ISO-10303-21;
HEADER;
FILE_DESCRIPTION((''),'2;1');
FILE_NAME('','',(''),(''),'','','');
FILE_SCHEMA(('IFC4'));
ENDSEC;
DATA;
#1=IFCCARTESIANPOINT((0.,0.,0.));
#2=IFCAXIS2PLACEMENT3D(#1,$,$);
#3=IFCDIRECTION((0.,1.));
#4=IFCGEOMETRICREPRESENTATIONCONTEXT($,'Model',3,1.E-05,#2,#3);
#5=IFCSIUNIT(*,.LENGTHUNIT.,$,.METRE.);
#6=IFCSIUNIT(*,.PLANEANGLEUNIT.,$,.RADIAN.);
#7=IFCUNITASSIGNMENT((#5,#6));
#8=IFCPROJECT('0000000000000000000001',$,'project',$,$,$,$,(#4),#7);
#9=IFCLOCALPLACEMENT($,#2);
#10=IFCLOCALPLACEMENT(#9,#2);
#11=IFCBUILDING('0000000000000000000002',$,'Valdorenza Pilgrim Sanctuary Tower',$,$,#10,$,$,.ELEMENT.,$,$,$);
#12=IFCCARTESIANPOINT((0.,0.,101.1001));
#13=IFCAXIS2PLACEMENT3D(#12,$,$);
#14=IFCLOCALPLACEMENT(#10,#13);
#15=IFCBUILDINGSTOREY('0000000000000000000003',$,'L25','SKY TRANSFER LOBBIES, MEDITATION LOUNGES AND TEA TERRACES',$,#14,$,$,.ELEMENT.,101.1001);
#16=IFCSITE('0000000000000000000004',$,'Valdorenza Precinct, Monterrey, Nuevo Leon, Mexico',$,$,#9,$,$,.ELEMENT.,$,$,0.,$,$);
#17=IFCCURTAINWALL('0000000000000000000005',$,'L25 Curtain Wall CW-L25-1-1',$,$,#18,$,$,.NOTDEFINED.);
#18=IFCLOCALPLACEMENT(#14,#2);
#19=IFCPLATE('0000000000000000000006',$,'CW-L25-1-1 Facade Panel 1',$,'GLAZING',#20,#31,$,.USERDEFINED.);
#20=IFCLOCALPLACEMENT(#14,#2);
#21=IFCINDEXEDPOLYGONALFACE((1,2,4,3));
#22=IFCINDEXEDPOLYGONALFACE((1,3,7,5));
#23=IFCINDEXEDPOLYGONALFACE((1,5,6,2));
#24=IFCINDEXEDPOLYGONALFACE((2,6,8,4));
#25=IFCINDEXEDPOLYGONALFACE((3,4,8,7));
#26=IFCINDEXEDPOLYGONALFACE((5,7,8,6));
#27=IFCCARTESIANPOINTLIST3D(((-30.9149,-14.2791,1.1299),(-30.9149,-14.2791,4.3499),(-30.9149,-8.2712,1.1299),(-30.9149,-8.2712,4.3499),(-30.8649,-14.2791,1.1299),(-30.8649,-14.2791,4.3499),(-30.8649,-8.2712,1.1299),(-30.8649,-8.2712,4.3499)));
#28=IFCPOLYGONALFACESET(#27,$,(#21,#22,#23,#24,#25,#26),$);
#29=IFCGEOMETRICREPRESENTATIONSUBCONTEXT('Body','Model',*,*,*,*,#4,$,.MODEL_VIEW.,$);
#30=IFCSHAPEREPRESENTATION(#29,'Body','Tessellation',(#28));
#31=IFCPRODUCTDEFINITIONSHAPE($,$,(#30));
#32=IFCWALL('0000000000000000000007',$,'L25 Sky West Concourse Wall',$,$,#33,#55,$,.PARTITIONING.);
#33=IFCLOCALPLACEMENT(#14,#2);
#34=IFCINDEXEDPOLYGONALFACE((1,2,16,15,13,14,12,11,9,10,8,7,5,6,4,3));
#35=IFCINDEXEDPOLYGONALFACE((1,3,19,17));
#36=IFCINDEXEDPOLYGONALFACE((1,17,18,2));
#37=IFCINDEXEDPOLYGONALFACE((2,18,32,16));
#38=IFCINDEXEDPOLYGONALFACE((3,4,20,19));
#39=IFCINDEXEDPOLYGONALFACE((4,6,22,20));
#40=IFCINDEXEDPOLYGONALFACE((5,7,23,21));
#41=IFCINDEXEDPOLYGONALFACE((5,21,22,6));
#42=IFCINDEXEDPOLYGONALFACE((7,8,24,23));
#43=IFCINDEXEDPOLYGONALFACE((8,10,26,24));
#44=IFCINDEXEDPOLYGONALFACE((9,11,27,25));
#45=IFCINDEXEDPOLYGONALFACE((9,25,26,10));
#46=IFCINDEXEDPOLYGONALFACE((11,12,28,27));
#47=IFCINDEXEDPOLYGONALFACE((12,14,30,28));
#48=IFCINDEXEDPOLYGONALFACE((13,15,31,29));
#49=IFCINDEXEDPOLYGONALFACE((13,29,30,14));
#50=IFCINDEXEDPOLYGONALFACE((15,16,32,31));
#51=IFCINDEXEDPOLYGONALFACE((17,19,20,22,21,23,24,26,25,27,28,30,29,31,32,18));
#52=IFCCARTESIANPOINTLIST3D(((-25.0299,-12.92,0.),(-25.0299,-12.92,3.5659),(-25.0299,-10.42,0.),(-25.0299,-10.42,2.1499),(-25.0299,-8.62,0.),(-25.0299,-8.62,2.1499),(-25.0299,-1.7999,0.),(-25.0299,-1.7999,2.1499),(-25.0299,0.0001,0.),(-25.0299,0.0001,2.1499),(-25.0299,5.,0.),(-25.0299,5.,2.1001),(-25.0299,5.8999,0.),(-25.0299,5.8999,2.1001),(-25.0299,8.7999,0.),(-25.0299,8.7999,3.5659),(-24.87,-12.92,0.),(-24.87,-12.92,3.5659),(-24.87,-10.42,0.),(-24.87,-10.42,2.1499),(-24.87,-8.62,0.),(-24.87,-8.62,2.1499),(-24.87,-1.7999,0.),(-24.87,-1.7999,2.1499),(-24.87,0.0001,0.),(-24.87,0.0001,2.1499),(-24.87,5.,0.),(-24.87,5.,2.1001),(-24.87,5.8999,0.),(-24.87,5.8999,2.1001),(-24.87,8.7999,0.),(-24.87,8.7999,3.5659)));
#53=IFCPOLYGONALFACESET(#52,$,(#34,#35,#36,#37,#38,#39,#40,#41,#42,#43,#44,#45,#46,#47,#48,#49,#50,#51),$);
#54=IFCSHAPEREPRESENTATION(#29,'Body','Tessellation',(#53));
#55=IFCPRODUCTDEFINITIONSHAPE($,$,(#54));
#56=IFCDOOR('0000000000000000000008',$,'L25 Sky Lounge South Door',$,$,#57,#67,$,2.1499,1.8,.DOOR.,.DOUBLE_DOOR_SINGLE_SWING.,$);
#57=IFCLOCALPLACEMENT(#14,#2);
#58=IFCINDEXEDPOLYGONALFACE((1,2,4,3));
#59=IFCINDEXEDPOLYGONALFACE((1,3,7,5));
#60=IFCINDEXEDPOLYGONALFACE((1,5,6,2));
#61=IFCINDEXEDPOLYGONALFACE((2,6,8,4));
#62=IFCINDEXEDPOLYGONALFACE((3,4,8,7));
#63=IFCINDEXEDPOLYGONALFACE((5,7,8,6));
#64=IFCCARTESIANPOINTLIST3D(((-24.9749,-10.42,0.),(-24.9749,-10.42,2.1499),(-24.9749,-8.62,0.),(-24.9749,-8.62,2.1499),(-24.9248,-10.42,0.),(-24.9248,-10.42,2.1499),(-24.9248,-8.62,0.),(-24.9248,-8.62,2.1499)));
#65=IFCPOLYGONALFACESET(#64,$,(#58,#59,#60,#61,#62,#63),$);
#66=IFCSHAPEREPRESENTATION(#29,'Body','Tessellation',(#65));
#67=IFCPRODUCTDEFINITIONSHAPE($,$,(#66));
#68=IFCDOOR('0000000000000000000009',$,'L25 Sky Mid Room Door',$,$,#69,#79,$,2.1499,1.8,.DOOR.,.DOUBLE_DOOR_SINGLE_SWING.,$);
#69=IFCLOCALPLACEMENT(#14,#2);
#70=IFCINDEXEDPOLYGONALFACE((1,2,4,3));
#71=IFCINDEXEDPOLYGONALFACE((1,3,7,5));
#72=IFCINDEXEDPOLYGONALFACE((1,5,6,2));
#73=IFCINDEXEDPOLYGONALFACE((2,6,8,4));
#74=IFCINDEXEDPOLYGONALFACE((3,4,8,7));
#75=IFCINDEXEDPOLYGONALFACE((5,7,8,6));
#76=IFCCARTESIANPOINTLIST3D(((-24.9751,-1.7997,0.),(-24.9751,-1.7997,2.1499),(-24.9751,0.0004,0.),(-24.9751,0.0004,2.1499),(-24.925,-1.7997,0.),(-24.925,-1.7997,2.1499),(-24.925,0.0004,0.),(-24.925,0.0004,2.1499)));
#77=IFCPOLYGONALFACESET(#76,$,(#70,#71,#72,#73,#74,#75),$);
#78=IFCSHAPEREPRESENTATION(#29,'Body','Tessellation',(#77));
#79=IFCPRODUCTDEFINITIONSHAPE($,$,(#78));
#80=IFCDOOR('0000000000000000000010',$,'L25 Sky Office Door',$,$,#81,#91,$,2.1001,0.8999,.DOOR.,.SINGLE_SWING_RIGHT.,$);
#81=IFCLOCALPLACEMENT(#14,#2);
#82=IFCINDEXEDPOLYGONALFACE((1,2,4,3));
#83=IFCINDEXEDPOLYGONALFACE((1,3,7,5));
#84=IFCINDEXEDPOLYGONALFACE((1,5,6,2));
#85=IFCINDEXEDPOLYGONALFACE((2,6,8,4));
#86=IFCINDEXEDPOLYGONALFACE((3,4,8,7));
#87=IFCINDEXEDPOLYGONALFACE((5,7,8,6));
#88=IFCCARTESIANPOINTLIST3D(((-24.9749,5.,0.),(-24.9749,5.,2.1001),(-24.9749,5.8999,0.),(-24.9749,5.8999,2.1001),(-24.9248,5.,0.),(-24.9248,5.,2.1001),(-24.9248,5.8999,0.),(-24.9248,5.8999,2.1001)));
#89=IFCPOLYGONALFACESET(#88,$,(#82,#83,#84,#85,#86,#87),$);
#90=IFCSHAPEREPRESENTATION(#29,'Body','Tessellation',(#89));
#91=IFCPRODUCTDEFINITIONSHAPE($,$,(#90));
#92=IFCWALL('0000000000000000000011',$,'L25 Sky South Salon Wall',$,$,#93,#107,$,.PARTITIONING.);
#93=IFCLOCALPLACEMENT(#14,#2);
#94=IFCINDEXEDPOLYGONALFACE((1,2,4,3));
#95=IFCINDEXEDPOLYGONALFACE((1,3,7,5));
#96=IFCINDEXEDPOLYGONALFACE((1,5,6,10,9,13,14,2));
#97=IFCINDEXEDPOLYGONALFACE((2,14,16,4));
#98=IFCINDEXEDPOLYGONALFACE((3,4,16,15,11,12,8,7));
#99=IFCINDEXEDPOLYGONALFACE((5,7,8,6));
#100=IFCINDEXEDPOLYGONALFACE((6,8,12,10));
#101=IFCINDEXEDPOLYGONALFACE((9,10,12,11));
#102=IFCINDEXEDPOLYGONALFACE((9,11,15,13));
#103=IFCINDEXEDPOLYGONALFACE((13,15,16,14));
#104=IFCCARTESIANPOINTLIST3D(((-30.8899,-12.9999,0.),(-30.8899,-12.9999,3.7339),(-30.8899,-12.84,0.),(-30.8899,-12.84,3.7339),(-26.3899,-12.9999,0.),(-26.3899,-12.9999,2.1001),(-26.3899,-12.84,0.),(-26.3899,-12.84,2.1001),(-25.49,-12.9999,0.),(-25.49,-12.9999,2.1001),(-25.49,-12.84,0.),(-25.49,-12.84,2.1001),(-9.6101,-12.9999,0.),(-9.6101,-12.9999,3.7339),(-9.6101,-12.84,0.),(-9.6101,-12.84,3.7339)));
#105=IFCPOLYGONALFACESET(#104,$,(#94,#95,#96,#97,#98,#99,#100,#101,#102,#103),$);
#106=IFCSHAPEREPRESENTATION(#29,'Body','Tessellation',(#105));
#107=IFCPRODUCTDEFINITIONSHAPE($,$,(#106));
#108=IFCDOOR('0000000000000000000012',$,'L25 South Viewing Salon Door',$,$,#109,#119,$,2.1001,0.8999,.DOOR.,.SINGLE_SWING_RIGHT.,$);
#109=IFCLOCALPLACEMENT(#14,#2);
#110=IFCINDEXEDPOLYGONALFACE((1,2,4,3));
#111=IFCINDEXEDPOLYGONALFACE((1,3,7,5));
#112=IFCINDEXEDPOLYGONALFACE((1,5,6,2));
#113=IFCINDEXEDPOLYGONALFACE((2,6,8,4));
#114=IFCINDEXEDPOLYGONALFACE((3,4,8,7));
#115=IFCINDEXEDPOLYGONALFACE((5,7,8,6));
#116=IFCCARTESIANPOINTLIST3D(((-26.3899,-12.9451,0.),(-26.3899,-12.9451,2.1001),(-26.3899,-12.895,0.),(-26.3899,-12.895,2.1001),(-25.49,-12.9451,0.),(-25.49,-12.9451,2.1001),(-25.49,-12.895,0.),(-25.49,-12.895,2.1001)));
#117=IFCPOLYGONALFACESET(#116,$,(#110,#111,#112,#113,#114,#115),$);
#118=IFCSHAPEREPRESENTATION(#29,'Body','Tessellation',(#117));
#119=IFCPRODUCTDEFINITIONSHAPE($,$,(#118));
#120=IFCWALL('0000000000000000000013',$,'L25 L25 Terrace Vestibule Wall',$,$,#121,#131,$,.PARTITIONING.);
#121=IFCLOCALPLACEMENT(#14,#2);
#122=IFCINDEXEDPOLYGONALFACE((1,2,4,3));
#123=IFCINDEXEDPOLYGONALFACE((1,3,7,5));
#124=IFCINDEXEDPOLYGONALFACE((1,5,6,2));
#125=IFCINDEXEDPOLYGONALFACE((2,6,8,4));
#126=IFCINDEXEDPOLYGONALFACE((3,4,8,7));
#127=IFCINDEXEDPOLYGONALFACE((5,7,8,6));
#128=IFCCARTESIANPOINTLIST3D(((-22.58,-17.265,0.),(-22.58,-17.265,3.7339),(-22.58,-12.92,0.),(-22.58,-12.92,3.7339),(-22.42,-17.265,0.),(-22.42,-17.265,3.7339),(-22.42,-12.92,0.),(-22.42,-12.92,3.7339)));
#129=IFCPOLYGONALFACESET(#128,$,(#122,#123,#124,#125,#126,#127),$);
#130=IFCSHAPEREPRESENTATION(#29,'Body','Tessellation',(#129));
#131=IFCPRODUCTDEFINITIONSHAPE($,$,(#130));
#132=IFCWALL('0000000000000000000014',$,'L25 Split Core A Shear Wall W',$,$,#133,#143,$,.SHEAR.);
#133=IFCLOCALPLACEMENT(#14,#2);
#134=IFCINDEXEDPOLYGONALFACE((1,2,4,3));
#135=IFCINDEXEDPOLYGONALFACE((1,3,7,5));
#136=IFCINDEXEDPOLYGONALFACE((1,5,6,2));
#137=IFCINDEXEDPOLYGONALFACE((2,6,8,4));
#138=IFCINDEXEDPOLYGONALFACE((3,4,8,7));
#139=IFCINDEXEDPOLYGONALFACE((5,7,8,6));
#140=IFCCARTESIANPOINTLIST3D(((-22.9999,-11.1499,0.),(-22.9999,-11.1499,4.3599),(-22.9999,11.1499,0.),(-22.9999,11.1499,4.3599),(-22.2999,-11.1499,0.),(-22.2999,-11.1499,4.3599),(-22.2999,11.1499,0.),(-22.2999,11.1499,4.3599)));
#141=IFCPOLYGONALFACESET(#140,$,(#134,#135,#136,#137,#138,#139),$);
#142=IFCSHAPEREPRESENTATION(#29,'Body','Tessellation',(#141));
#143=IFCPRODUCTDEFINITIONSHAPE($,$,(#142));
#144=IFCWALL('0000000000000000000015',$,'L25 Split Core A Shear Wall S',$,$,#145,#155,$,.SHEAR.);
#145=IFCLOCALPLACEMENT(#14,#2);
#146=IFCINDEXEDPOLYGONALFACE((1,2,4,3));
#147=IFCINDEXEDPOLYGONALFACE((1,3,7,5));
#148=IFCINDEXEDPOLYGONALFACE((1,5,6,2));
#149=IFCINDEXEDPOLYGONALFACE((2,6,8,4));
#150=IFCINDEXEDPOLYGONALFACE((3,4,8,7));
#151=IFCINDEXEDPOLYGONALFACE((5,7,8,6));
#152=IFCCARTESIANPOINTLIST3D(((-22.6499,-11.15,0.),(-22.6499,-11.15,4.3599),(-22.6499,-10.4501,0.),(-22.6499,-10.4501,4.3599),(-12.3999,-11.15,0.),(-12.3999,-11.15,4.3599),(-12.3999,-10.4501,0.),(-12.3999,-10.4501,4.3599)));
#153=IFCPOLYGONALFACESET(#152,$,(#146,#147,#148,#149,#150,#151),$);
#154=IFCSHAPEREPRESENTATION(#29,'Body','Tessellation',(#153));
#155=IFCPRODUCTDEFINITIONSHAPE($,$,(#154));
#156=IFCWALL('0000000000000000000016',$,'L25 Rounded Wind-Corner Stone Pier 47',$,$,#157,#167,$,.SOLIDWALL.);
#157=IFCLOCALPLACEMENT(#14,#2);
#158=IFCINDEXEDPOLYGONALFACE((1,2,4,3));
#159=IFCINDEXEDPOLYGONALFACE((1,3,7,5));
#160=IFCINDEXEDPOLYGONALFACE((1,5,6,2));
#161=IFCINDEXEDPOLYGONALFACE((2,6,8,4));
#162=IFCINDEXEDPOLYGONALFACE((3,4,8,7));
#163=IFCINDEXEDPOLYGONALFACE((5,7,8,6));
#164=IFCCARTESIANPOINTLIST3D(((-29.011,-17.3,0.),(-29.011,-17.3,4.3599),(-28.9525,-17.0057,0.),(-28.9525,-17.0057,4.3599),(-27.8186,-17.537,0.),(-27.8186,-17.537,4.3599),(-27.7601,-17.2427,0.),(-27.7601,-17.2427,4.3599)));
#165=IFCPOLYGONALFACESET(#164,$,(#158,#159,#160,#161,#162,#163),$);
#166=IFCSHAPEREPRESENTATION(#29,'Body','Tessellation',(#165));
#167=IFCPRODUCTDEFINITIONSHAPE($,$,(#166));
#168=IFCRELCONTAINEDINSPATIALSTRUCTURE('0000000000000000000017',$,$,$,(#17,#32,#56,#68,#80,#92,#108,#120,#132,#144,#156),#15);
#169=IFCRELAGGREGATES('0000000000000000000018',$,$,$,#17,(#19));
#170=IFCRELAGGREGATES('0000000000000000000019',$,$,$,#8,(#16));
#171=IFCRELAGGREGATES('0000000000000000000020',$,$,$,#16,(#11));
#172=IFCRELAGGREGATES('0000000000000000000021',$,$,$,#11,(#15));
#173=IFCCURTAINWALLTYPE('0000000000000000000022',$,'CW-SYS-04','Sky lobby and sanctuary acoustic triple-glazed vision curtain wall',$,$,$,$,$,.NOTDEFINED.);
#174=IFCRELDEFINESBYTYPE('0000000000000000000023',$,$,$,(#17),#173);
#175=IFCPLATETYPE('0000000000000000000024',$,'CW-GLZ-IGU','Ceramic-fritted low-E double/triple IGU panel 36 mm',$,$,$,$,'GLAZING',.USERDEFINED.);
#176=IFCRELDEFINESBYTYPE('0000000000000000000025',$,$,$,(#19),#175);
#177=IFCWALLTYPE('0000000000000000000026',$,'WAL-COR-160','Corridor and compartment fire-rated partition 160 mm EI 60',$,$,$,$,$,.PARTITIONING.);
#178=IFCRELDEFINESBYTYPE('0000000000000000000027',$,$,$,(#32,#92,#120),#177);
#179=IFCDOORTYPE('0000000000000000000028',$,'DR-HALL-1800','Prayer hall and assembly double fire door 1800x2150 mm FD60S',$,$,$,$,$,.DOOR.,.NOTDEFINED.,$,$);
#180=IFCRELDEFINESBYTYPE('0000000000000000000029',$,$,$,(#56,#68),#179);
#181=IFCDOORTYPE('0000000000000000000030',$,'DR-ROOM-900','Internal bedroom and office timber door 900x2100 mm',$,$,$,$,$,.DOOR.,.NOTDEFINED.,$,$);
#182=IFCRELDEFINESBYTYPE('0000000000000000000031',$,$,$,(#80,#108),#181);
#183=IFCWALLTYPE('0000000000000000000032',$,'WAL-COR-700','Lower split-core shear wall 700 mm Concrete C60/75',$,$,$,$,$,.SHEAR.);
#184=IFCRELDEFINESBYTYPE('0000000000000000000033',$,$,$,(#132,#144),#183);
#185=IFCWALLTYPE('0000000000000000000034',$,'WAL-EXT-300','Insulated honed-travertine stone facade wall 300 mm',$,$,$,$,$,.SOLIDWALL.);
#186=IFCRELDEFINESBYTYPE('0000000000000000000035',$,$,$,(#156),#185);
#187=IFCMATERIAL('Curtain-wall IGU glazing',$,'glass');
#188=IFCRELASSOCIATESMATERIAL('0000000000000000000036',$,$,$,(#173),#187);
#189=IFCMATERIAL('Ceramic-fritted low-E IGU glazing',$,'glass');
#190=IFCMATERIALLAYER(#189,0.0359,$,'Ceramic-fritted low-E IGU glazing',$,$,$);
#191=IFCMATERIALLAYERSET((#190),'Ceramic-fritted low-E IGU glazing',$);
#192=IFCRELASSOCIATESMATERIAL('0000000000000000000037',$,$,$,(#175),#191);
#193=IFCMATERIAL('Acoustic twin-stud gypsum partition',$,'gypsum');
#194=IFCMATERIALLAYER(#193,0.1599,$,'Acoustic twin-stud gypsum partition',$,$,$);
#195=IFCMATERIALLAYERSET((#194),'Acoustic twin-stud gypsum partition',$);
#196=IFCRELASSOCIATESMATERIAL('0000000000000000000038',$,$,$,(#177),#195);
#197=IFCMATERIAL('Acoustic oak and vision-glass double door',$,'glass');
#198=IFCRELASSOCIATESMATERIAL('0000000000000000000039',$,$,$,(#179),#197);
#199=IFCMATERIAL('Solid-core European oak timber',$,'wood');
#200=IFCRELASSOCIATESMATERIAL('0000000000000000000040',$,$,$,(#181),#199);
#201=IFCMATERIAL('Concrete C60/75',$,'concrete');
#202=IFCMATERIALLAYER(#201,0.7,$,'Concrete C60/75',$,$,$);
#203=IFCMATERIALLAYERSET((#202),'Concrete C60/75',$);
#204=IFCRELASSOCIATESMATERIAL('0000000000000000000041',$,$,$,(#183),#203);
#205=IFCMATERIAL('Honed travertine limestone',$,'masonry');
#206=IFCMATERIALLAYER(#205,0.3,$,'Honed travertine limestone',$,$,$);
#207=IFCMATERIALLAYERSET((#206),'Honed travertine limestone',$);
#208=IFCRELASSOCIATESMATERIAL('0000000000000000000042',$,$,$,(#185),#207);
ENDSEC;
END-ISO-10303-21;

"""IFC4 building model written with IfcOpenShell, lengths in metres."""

from ifc_helpers import new_model, si_unit, direction, frame, frame_2d, origin, origin_2d, place, context, subcontext, project, spatial, rectangle, extrude, source, transform, mapped, material, layer, layer_set, type_object, element, fill, aggregate, save


model = new_model("IFC4")

# Units and contexts
model_context = context("Model", 3, precision=1e-05, world=origin(), true_north=direction((0.0, 1.0)))
body_context = subcontext(model_context, "Body", "Model", "MODEL_VIEW")
ifc_project = project(units=[si_unit("LENGTHUNIT", "METRE"), si_unit("PLANEANGLEUNIT", "RADIAN")], contexts=[model_context])

# Site, building, storey
site_placement = place(None, origin())
site = spatial("IfcSite", under=ifc_project, at=site_placement, Name="Valdorenza Precinct, Monterrey, Nuevo Leon, Mexico", CompositionType="ELEMENT", RefElevation=0.0)
building_placement = place(site_placement, origin())
building = spatial("IfcBuilding", under=site, at=building_placement, Name="Valdorenza Pilgrim Sanctuary Tower", CompositionType="ELEMENT")
storey_placement = place(building_placement, frame((0.0, 0.0, 101.1001)))
storey = spatial("IfcBuildingStorey", under=building, at=storey_placement, Name="L25", Description="SKY TRANSFER LOBBIES, MEDITATION LOUNGES AND TEA TERRACES", CompositionType="ELEMENT", Elevation=101.1001)

# Shared definitions
ifc_material_1 = material(Name="Concrete C60/75", Category="concrete")

# Curtain wall, plate
ifc_material_2 = material(Name="Curtain-wall IGU glazing", Category="glass")
curtain_wall_type = type_object("IfcCurtainWallType", Name="CW-SYS-04", Description="Sky lobby and sanctuary acoustic triple-glazed vision curtain wall", PredefinedType="NOTDEFINED", material=ifc_material_2)
curtain_wall_placement = place(storey_placement, origin())
curtain_wall = element("IfcCurtainWall", 1, at=curtain_wall_placement, inside=storey, type_object=curtain_wall_type, Name="L25 Curtain Wall CW-L25-1-1", PredefinedType="NOTDEFINED")
ifc_material_3 = material(Name="Honed travertine limestone", Category="masonry")
ifc_material_4 = material(Name="Ceramic-fritted low-E IGU glazing", Category="glass")
ifc_layer_1 = layer(ifc_material_4, 0.0359, Name="Ceramic-fritted low-E IGU glazing")
ifc_layer_set_1 = layer_set([ifc_layer_1], Name="Ceramic-fritted low-E IGU glazing")
plate_type_1 = type_object("IfcPlateType", Name="CW-GLZ-IGU", Description="Ceramic-fritted low-E double/triple IGU panel 36 mm", ElementType="GLAZING", PredefinedType="USERDEFINED", material=ifc_layer_set_1)
shared_shape_1 = source(origin(), body_context, "Body", "SweptSolid", [
    extrude(rectangle(XDim=6.0078, YDim=0.05, at=origin_2d()), origin(), (0.0, 0.0, 1.0), 3.22),
])
plate_1_placement = place(storey_placement, frame((-30.8899, -11.2751, 1.1299), z_axis=(0.0, 0.0, 1.0), x_axis=(0.0, 1.0, 0.0)))
plate_1 = element("IfcPlate", 2, at=plate_1_placement, type_object=plate_type_1, Name="CW-L25-1-1 Facade Panel 1", ObjectType="GLAZING", PredefinedType="USERDEFINED", context=body_context, shape_type="MappedRepresentation", body=[
    mapped(shared_shape_1, transform((0.0, 0.0, 0.0), x_axis=(1.0, 0.0, 0.0), y_axis=(0.0, 1.0, 0.0), z_axis=(0.0, 0.0, 1.0), scale=1.0)),
])
aggregate(curtain_wall, [plate_1])

# Wall, openings, doors
ifc_material_5 = material(Name="Acoustic twin-stud gypsum partition", Category="gypsum")
ifc_layer_2 = layer(ifc_material_5, 0.1599, Name="Acoustic twin-stud gypsum partition")
ifc_layer_set_2 = layer_set([ifc_layer_2], Name="Acoustic twin-stud gypsum partition")
wall_type_1 = type_object("IfcWallType", Name="WAL-COR-160", Description="Corridor and compartment fire-rated partition 160 mm EI 60", PredefinedType="PARTITIONING", material=ifc_layer_set_2)
wall_1_placement = place(storey_placement, frame((-24.95, -12.9199, 0.0), z_axis=(0.0, 0.0, 1.0), x_axis=(0.0, 1.0, 0.0)))
wall_1 = element("IfcWall", 3, at=wall_1_placement, inside=storey, type_object=wall_type_1, Name="L25 Sky West Concourse Wall", PredefinedType="PARTITIONING", context=body_context, shape_type="SweptSolid", body=[
    extrude(rectangle(XDim=21.72, YDim=0.1599, at=frame_2d((10.8599, 0.0))), origin(), (0.0, 0.0, 1.0), 3.5659),
])
opening_1_placement = place(wall_1_placement, frame((2.5, 0.0, 0.0)))
opening_1 = element("IfcOpeningElement", 4, at=opening_1_placement, cuts=wall_1, PredefinedType="OPENING", context=body_context, shape_type="SweptSolid", body=[
    extrude(rectangle(XDim=1.8, YDim=2.1499, at=frame_2d((0.8999, 1.075))), frame((0.0, 0.0947, 0.0), z_axis=(0.0, -1.0, 0.0), x_axis=(1.0, 0.0, 0.0)), (0.0, 0.0, 1.0), 0.1897),
])
opening_2_placement = place(wall_1_placement, frame((11.1201, 0.0, 0.0)))
opening_2 = element("IfcOpeningElement", 5, at=opening_2_placement, cuts=wall_1, PredefinedType="OPENING", context=body_context, shape_type="SweptSolid", body=[
    extrude(rectangle(XDim=1.8, YDim=2.1499, at=frame_2d((0.8999, 1.075))), frame((0.0, 0.0947, 0.0), z_axis=(0.0, -1.0, 0.0), x_axis=(1.0, 0.0, 0.0)), (0.0, 0.0, 1.0), 0.1897),
])
opening_3_placement = place(wall_1_placement, frame((17.9199, 0.0, 0.0)))
opening_3 = element("IfcOpeningElement", 6, at=opening_3_placement, cuts=wall_1, PredefinedType="OPENING", context=body_context, shape_type="SweptSolid", body=[
    extrude(rectangle(XDim=0.8999, YDim=2.1001, at=frame_2d((0.45, 1.05))), frame((0.0, 0.0947, 0.0), z_axis=(0.0, -1.0, 0.0), x_axis=(1.0, 0.0, 0.0)), (0.0, 0.0, 1.0), 0.1897),
])
ifc_material_6 = material(Name="Acoustic oak and vision-glass double door", Category="glass")
door_type_1 = type_object("IfcDoorType", Name="DR-HALL-1800", Description="Prayer hall and assembly double fire door 1800x2150 mm FD60S", OperationType="NOTDEFINED", PredefinedType="DOOR", material=ifc_material_6)
door_1_placement = place(opening_1_placement, origin())
door_1 = element("IfcDoor", 7, at=door_1_placement, inside=storey, type_object=door_type_1, Name="L25 Sky Lounge South Door", OperationType="DOUBLE_DOOR_SINGLE_SWING", OverallHeight=2.1499, OverallWidth=1.8, PredefinedType="DOOR", context=body_context, shape_type="SweptSolid", body=[
    extrude(rectangle(XDim=1.8, YDim=2.1499, at=frame_2d((0.8999, 1.075))), frame((0.0, 0.0249, 0.0), z_axis=(0.0, -1.0, 0.0), x_axis=(1.0, 0.0, 0.0)), (0.0, 0.0, 1.0), 0.05),
])
fill(opening_1, door_1)
door_2_placement = place(opening_2_placement, frame((1.8, 0.0, 0.0), z_axis=(0.0, 0.0, 1.0), x_axis=(-1.0, 0.0, 0.0)))
door_2 = element("IfcDoor", 8, at=door_2_placement, inside=storey, type_object=door_type_1, Name="L25 Sky Mid Room Door", OperationType="DOUBLE_DOOR_SINGLE_SWING", OverallHeight=2.1499, OverallWidth=1.8, PredefinedType="DOOR", context=body_context, shape_type="SweptSolid", body=[
    extrude(rectangle(XDim=1.8, YDim=2.1499, at=frame_2d((0.8999, 1.075))), frame((0.0, 0.0249, 0.0), z_axis=(0.0, -1.0, 0.0), x_axis=(1.0, 0.0, 0.0)), (0.0, 0.0, 1.0), 0.05),
])
fill(opening_2, door_2)
ifc_material_7 = material(Name="Solid-core European oak timber", Category="wood")
door_type_2 = type_object("IfcDoorType", Name="DR-ROOM-900", Description="Internal bedroom and office timber door 900x2100 mm", OperationType="NOTDEFINED", PredefinedType="DOOR", material=ifc_material_7)
door_3_placement = place(opening_3_placement, origin())
door_3 = element("IfcDoor", 9, at=door_3_placement, inside=storey, type_object=door_type_2, Name="L25 Sky Office Door", OperationType="SINGLE_SWING_RIGHT", OverallHeight=2.1001, OverallWidth=0.8999, PredefinedType="DOOR", context=body_context, shape_type="SweptSolid", body=[
    extrude(rectangle(XDim=0.8999, YDim=2.1001, at=frame_2d((0.45, 1.05))), frame((0.0, 0.0249, 0.0), z_axis=(0.0, -1.0, 0.0), x_axis=(1.0, 0.0, 0.0)), (0.0, 0.0, 1.0), 0.05),
])
fill(opening_3, door_3)

# Wall, opening, door
wall_2_placement = place(storey_placement, frame((-30.8899, -12.9199, 0.0), z_axis=(0.0, 0.0, 1.0), x_axis=(1.0, 0.0, 0.0)))
wall_2 = element("IfcWall", 10, at=wall_2_placement, inside=storey, type_object=wall_type_1, Name="L25 Sky South Salon Wall", PredefinedType="PARTITIONING", context=body_context, shape_type="SweptSolid", body=[
    extrude(rectangle(XDim=21.2798, YDim=0.1599, at=frame_2d((10.6399, 0.0))), origin(), (0.0, 0.0, 1.0), 3.7339),
])
opening_4_placement = place(wall_2_placement, frame((4.5, 0.0, 0.0)))
opening_4 = element("IfcOpeningElement", 11, at=opening_4_placement, cuts=wall_2, PredefinedType="OPENING", context=body_context, shape_type="SweptSolid", body=[
    extrude(rectangle(XDim=0.8999, YDim=2.1001, at=frame_2d((0.45, 1.05))), frame((0.0, 0.0947, 0.0), z_axis=(0.0, -1.0, 0.0), x_axis=(1.0, 0.0, 0.0)), (0.0, 0.0, 1.0), 0.1897),
])
door_4_placement = place(opening_4_placement, origin())
door_4 = element("IfcDoor", 12, at=door_4_placement, inside=storey, type_object=door_type_2, Name="L25 South Viewing Salon Door", OperationType="SINGLE_SWING_RIGHT", OverallHeight=2.1001, OverallWidth=0.8999, PredefinedType="DOOR", context=body_context, shape_type="SweptSolid", body=[
    extrude(rectangle(XDim=0.8999, YDim=2.1001, at=frame_2d((0.45, 1.05))), frame((0.0, 0.0249, 0.0), z_axis=(0.0, -1.0, 0.0), x_axis=(1.0, 0.0, 0.0)), (0.0, 0.0, 1.0), 0.05),
])
fill(opening_4, door_4)

# Walls
wall_3_placement = place(storey_placement, frame((-22.5, -17.2649, 0.0), z_axis=(0.0, 0.0, 1.0), x_axis=(0.0, 1.0, 0.0)))
element("IfcWall", 13, at=wall_3_placement, inside=storey, type_object=wall_type_1, Name="L25 L25 Terrace Vestibule Wall", PredefinedType="PARTITIONING", context=body_context, shape_type="SweptSolid", body=[
    extrude(rectangle(XDim=4.345, YDim=0.1599, at=frame_2d((2.1724, 0.0))), origin(), (0.0, 0.0, 1.0), 3.7339),
])
ifc_layer_3 = layer(ifc_material_1, 0.7, Name="Concrete C60/75")
ifc_layer_set_3 = layer_set([ifc_layer_3], Name="Concrete C60/75")
wall_type_2 = type_object("IfcWallType", Name="WAL-COR-700", Description="Lower split-core shear wall 700 mm Concrete C60/75", PredefinedType="SHEAR", material=ifc_layer_set_3)
wall_4_placement = place(storey_placement, frame((-22.6499, -11.1499, 0.0), z_axis=(0.0, 0.0, 1.0), x_axis=(0.0, 1.0, 0.0)))
element("IfcWall", 14, at=wall_4_placement, inside=storey, type_object=wall_type_2, Name="L25 Split Core A Shear Wall W", PredefinedType="SHEAR", context=body_context, shape_type="SweptSolid", body=[
    extrude(rectangle(XDim=22.2998, YDim=0.7, at=frame_2d((11.1499, 0.0))), origin(), (0.0, 0.0, 1.0), 4.3599),
])
wall_5_placement = place(storey_placement, frame((-22.6499, -10.8, 0.0), z_axis=(0.0, 0.0, 1.0), x_axis=(1.0, 0.0, 0.0)))
element("IfcWall", 15, at=wall_5_placement, inside=storey, type_object=wall_type_2, Name="L25 Split Core A Shear Wall S", PredefinedType="SHEAR", context=body_context, shape_type="SweptSolid", body=[
    extrude(rectangle(XDim=10.25, YDim=0.7, at=frame_2d((5.125, 0.0))), origin(), (0.0, 0.0, 1.0), 4.3599),
])
ifc_layer_4 = layer(ifc_material_3, 0.3, Name="Honed travertine limestone")
ifc_layer_set_4 = layer_set([ifc_layer_4], Name="Honed travertine limestone")
wall_type_3 = type_object("IfcWallType", Name="WAL-EXT-300", Description="Insulated honed-travertine stone facade wall 300 mm", PredefinedType="SOLIDWALL", material=ifc_layer_set_4)
wall_6_placement = place(storey_placement, frame((-27.7893, -17.3899, 0.0), z_axis=(0.0, 0.0, 1.0), x_axis=(-0.980804, 0.194996, 0.0)))
element("IfcWall", 16, at=wall_6_placement, inside=storey, type_object=wall_type_3, Name="L25 Rounded Wind-Corner Stone Pier 47", PredefinedType="SOLIDWALL", context=body_context, shape_type="SweptSolid", body=[
    extrude(rectangle(XDim=1.2158, YDim=0.3, at=frame_2d((0.6079, 0.0))), origin(), (0.0, 0.0, 1.0), 4.3599),
])

save(model, "model.ifc")
